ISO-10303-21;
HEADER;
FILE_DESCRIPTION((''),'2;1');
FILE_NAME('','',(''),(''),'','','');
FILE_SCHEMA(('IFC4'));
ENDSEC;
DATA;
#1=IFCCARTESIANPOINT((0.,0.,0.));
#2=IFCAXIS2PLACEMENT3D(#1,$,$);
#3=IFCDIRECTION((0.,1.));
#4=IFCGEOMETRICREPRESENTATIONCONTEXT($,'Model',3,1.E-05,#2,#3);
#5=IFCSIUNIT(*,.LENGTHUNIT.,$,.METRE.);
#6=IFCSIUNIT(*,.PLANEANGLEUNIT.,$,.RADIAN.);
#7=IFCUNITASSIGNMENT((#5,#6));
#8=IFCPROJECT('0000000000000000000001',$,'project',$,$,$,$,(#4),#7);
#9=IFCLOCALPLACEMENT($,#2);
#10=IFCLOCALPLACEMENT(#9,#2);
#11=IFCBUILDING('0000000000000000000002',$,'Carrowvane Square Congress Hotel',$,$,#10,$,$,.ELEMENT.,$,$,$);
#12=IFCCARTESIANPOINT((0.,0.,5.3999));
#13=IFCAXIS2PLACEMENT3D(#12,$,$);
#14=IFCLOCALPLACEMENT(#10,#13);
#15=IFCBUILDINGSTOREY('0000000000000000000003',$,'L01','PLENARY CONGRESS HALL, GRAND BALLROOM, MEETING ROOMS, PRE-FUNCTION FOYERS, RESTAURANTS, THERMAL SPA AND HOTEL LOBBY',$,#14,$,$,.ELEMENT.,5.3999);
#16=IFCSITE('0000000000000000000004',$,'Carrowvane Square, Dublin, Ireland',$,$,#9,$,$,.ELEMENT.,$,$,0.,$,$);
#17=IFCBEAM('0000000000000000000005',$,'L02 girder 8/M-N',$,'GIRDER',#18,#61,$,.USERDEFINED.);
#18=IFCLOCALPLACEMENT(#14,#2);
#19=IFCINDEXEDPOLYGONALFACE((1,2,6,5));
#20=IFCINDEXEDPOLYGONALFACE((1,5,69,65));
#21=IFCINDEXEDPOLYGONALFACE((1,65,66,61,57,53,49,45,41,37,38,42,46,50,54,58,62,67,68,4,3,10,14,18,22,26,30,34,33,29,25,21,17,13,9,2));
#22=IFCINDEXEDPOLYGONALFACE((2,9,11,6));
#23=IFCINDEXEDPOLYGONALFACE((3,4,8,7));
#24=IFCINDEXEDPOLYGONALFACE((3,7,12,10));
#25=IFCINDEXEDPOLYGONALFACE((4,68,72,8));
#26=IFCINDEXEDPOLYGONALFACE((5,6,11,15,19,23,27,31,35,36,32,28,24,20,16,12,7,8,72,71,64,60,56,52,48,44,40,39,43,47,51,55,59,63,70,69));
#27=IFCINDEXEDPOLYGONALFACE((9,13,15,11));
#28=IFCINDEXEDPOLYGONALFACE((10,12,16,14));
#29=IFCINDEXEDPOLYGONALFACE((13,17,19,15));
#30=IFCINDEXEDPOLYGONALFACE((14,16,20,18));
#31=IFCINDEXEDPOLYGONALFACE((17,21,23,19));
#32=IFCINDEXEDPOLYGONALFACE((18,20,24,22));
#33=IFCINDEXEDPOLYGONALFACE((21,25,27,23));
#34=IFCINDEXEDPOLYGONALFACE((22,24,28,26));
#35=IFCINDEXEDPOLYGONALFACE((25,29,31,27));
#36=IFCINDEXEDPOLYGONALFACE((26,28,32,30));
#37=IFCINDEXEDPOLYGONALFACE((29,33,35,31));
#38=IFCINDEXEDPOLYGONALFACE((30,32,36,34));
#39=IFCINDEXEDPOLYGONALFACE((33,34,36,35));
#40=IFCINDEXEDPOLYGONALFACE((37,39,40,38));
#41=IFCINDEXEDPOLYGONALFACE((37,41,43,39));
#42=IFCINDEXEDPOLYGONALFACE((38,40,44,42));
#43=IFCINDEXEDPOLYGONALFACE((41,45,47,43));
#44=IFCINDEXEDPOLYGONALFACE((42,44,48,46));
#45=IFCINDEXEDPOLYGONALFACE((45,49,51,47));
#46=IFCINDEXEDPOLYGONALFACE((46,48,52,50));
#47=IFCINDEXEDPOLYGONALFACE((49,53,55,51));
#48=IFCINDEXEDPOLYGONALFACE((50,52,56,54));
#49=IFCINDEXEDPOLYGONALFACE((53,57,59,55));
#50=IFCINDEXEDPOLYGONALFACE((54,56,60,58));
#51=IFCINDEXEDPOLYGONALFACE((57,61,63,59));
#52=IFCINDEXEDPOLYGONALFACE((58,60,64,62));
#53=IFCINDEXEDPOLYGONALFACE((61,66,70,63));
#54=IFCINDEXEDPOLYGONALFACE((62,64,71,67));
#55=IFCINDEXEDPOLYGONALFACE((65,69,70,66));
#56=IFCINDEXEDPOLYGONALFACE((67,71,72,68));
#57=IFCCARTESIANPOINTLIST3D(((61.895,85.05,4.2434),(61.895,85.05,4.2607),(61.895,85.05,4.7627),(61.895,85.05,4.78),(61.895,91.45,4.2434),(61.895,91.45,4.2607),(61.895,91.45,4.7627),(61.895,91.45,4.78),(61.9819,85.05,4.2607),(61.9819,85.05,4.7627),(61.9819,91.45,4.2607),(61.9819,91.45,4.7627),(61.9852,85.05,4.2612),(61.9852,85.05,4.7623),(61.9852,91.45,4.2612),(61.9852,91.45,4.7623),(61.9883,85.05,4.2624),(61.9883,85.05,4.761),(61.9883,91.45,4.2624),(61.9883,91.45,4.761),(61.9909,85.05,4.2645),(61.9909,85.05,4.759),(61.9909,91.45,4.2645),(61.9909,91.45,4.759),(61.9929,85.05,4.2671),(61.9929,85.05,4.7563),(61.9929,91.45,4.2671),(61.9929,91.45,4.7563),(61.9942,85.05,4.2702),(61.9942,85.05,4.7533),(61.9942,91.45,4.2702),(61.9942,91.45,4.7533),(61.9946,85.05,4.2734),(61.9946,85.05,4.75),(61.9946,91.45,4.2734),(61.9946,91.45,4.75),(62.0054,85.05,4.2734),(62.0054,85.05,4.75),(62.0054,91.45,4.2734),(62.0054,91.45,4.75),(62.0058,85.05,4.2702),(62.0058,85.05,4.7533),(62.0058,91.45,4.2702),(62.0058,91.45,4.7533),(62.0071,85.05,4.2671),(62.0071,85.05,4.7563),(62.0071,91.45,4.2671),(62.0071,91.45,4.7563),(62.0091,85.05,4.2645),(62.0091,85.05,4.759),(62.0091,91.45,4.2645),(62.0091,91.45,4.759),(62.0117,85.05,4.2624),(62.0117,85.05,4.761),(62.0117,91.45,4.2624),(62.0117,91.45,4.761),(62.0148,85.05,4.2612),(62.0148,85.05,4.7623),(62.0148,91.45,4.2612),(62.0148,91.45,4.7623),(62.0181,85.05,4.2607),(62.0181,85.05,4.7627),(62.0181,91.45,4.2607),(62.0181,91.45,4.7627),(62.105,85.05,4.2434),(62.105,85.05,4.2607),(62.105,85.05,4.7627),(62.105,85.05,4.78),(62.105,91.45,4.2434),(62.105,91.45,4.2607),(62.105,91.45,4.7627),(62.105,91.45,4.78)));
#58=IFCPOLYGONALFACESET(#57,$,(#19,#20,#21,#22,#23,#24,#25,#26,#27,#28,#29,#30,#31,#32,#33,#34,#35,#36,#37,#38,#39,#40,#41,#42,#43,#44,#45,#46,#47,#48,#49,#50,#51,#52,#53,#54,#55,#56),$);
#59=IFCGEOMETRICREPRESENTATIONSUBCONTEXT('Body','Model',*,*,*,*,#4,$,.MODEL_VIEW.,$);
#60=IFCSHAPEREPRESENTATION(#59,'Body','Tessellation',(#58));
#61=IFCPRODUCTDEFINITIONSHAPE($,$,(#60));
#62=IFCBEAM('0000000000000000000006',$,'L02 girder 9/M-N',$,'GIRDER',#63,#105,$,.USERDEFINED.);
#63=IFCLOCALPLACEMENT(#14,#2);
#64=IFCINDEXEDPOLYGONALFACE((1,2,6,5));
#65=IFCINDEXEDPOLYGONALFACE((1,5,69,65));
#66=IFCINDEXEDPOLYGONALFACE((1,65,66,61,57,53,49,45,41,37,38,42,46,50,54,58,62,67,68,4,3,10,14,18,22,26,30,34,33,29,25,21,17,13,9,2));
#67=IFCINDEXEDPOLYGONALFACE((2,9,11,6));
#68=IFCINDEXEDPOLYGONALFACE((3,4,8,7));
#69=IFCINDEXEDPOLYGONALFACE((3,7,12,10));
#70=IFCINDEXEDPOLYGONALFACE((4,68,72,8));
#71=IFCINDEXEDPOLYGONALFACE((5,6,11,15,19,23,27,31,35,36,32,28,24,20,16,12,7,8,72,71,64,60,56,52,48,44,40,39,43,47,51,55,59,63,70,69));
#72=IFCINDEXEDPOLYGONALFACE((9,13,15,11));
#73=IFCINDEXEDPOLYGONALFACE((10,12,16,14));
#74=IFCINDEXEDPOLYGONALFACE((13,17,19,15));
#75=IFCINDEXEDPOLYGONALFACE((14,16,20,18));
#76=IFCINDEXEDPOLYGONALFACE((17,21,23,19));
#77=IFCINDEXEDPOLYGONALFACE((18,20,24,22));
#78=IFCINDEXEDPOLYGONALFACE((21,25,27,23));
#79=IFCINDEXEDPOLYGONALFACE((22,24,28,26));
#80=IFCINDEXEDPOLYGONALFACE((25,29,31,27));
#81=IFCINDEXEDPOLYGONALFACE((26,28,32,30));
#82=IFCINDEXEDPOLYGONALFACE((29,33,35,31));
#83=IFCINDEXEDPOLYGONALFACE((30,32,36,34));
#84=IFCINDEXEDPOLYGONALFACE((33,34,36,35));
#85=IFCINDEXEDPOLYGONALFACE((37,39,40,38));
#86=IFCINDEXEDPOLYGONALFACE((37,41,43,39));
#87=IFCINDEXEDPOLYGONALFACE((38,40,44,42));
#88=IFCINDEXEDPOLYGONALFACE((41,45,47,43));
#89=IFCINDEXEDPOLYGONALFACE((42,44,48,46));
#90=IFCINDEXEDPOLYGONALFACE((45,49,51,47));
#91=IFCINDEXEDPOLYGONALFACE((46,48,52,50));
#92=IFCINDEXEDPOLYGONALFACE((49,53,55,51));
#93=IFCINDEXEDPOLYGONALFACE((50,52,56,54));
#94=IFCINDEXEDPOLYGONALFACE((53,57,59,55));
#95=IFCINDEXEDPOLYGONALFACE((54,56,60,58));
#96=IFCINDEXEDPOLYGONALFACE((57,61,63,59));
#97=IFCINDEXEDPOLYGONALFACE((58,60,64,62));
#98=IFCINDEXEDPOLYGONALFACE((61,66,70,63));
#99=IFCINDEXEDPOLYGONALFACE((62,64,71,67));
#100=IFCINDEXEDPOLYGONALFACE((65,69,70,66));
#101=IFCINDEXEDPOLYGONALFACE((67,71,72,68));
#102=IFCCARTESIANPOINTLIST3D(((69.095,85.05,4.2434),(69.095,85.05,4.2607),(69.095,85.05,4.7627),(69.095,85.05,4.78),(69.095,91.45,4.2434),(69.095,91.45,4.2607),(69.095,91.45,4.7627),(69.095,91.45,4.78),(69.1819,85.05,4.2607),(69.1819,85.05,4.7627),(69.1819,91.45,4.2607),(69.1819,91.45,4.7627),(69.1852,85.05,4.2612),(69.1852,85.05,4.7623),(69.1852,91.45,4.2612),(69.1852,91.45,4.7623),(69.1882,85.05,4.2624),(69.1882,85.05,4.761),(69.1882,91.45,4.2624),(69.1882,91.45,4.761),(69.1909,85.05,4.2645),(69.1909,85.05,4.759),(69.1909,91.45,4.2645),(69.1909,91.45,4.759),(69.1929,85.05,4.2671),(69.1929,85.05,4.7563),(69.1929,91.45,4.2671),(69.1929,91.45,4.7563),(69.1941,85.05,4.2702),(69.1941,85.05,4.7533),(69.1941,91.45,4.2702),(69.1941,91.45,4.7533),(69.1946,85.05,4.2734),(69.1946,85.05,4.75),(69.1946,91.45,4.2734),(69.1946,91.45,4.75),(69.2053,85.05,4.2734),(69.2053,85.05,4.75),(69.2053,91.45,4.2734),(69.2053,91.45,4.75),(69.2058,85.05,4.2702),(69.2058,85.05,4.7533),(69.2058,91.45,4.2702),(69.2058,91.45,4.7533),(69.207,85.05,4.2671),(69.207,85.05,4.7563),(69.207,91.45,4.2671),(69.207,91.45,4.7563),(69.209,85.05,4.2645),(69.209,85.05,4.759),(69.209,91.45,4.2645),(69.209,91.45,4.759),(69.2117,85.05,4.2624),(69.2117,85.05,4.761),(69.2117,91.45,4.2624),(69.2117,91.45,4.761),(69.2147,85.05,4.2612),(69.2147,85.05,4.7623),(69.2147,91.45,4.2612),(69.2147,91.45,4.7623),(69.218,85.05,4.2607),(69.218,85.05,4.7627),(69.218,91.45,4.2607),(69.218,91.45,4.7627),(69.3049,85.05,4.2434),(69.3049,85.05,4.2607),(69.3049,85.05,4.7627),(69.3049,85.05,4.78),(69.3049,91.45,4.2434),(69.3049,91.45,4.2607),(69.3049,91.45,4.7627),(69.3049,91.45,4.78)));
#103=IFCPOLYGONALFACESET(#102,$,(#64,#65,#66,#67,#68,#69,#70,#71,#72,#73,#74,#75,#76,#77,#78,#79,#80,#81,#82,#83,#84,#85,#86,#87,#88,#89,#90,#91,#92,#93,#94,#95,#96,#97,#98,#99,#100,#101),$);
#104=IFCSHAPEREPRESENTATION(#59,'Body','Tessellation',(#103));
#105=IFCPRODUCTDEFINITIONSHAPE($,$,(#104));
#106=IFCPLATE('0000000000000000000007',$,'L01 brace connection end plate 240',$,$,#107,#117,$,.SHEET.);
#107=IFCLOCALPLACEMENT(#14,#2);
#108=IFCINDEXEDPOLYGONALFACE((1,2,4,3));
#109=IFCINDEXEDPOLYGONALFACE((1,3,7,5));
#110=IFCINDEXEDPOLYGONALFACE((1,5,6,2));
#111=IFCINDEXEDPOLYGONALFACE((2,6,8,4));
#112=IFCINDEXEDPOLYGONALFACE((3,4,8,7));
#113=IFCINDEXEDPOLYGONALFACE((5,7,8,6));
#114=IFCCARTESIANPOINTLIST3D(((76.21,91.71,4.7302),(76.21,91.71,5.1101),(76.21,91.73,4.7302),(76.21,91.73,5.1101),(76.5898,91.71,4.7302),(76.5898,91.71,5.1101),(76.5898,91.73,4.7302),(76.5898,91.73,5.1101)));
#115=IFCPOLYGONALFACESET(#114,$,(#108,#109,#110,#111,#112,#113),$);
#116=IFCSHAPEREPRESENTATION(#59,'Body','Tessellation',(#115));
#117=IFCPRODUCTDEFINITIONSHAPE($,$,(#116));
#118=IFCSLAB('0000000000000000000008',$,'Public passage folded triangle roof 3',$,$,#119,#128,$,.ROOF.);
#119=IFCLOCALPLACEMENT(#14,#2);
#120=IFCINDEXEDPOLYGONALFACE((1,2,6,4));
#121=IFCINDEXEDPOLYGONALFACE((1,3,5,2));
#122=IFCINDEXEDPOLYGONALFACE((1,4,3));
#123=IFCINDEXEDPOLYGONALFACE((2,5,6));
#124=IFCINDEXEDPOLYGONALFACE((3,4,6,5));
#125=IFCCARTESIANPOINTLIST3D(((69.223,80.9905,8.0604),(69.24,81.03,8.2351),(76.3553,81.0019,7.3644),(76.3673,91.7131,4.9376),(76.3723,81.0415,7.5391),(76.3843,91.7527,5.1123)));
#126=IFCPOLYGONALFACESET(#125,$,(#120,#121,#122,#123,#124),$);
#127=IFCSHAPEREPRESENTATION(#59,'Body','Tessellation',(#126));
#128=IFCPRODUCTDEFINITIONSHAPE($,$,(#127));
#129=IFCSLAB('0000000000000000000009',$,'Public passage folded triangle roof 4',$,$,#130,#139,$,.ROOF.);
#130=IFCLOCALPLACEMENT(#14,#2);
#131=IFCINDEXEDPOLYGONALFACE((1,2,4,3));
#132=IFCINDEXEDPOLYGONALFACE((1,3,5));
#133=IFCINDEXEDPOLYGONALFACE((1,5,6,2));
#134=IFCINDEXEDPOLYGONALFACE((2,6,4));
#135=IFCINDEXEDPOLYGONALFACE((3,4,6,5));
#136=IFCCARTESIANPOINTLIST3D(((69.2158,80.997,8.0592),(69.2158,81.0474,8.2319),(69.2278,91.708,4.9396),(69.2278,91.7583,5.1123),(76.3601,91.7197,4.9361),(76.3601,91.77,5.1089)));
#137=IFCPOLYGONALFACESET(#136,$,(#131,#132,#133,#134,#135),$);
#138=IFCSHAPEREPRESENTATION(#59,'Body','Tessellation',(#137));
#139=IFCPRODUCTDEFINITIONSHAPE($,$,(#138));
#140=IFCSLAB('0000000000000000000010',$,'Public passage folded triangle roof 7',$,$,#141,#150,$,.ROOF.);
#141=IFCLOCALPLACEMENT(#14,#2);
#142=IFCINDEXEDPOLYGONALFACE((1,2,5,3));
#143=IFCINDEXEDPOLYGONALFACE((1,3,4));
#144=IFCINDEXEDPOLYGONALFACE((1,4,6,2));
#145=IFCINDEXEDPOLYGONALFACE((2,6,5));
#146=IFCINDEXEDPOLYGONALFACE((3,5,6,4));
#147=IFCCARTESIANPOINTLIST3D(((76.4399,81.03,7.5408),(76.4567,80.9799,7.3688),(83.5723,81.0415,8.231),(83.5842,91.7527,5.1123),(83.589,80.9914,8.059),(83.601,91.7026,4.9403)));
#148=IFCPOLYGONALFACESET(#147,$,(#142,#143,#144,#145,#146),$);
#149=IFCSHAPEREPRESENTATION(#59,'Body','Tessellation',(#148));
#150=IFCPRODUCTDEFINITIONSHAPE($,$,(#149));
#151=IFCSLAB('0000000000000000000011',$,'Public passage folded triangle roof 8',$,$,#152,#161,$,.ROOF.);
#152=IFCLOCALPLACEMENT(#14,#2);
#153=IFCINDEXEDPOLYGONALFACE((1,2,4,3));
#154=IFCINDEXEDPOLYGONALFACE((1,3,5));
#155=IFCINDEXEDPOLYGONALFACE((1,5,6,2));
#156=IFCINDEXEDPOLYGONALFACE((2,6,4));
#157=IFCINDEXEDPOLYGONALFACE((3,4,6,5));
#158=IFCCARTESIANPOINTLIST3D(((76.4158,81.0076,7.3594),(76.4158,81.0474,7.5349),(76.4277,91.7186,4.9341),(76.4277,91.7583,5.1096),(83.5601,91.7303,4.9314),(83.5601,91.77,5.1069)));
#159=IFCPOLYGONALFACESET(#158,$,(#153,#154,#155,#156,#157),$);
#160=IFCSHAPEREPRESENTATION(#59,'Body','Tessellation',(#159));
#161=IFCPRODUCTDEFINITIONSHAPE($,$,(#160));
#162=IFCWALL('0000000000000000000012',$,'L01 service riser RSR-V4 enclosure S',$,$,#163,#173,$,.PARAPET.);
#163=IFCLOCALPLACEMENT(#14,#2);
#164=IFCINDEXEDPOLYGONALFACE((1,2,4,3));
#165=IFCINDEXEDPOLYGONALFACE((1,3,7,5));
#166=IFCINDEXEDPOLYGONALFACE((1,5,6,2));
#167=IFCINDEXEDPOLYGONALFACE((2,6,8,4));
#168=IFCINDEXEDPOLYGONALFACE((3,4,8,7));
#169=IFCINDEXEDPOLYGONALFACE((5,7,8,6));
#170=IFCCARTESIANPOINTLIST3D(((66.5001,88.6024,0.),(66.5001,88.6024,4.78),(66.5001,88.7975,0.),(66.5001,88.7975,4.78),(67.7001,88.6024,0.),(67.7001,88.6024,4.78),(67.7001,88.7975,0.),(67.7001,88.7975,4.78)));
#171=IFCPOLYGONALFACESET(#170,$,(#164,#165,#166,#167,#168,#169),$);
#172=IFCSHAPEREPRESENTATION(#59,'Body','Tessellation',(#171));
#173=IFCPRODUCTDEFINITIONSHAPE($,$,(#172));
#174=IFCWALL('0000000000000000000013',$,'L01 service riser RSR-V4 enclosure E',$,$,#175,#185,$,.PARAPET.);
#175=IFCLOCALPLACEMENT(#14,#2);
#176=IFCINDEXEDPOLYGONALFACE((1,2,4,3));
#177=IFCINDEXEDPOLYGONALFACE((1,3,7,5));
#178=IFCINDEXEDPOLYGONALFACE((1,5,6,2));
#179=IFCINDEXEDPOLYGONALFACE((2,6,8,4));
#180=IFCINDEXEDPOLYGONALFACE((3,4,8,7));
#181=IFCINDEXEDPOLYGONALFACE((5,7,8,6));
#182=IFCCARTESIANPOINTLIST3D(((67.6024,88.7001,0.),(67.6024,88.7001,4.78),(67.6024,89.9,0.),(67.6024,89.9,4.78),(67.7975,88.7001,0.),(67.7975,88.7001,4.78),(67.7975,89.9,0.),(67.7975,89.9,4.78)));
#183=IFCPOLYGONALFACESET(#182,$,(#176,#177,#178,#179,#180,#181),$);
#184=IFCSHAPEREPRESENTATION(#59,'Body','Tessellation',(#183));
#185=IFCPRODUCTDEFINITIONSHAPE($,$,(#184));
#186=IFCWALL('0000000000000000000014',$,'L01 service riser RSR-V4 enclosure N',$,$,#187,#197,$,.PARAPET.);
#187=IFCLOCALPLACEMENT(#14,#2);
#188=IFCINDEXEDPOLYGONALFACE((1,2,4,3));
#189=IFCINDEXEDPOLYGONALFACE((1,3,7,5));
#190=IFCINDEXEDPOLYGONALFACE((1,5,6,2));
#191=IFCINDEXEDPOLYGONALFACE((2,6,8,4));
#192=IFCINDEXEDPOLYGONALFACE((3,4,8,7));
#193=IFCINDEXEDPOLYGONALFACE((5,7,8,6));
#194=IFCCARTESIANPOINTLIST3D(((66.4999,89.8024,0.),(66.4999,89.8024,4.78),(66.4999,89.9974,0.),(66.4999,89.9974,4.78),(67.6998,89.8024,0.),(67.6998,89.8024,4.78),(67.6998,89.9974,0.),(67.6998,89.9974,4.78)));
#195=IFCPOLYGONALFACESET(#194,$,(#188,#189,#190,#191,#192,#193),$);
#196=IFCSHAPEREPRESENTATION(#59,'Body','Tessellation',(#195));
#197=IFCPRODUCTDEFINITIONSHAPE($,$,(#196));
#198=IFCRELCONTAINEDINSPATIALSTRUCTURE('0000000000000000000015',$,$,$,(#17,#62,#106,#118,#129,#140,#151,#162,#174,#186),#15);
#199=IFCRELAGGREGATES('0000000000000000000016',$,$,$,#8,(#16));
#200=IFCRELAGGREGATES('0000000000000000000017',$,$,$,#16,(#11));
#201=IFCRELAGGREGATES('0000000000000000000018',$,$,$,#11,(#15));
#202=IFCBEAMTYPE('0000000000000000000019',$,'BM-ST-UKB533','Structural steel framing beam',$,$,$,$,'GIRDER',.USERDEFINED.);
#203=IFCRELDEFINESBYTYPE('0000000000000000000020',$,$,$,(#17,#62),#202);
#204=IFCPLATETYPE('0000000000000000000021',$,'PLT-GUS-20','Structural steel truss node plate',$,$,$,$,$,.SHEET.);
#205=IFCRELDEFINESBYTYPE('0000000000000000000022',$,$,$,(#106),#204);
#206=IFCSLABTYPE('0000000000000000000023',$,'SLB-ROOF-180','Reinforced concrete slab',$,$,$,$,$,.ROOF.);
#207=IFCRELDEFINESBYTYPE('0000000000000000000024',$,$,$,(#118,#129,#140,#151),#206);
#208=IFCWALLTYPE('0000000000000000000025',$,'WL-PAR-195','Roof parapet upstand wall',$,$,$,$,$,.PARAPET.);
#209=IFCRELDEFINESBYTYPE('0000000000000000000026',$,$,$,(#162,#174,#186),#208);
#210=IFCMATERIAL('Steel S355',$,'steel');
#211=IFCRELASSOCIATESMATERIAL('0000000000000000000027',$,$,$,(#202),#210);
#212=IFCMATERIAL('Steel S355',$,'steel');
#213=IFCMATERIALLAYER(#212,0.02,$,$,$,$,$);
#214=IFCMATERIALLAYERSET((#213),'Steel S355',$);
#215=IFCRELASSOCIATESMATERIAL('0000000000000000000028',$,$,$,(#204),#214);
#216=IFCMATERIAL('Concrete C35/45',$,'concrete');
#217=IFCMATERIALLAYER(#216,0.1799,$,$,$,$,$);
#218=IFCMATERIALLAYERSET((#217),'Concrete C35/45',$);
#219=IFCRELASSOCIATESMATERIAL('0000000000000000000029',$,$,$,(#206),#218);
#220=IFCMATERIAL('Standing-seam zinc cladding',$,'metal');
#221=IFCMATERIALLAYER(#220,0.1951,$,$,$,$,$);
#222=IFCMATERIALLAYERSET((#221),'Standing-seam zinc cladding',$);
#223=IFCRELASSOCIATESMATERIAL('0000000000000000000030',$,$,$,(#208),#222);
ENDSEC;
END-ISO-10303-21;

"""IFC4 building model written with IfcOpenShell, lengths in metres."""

from ifc_helpers import new_model, si_unit, direction, frame, frame_2d, origin, origin_2d, place, context, subcontext, project, spatial, polyline, rectangle, i_section, outline, extrude, material, layer, layer_set, material_profile, profile_set, type_object, element, save


model = new_model("IFC4")

# Units and contexts
model_context = context("Model", 3, precision=1e-05, world=origin(), true_north=direction((0.0, 1.0)))
body_context = subcontext(model_context, "Body", "Model", "MODEL_VIEW")
ifc_project = project(units=[si_unit("LENGTHUNIT", "METRE"), si_unit("PLANEANGLEUNIT", "RADIAN")], contexts=[model_context])

# Site, building, storey
site_placement = place(None, origin())
site = spatial("IfcSite", under=ifc_project, at=site_placement, Name="Carrowvane Square, Dublin, Ireland", CompositionType="ELEMENT", RefElevation=0.0)
building_placement = place(site_placement, origin())
building = spatial("IfcBuilding", under=site, at=building_placement, Name="Carrowvane Square Congress Hotel", CompositionType="ELEMENT")
storey_placement = place(building_placement, frame((0.0, 0.0, 5.3999)))
storey = spatial("IfcBuildingStorey", under=building, at=storey_placement, Name="L01", Description="PLENARY CONGRESS HALL, GRAND BALLROOM, MEETING ROOMS, PRE-FUNCTION FOYERS, RESTAURANTS, THERMAL SPA AND HOTEL LOBBY", CompositionType="ELEMENT", Elevation=5.3999)

# Beams
ifc_material_1 = material(Name="Steel S355", Category="steel")
ifc_material_profile_1 = material_profile(ifc_material_1, i_section(OverallWidth=0.21, OverallDepth=0.5366, WebThickness=0.0107, FlangeThickness=0.0173, FilletRadius=0.0127, at=origin_2d()), Name="UKB 533x210x101")
ifc_profile_set_1 = profile_set([ifc_material_profile_1], Name="Steel S355")
beam_type_1 = type_object("IfcBeamType", Name="BM-ST-UKB533", Description="Structural steel framing beam", ElementType="GIRDER", PredefinedType="USERDEFINED", material=ifc_profile_set_1)
for number, where, z_axis, x_axis, name in (
    (1, (62.0, 85.05, 4.5117), (0.0, 1.0, 0.0), (-1.0, 0.0, 0.0), "L02 girder 8/M-N"),
    (2, (69.2, 85.05, 4.5117), (0.0, 1.0, 0.0), (-1.0, 0.0, 0.0), "L02 girder 9/M-N"),
):
    element("IfcBeam", number, at=place(storey_placement, frame(where, z_axis=z_axis, x_axis=x_axis)), inside=storey, type_object=beam_type_1, Name=name, ObjectType="GIRDER", PredefinedType="USERDEFINED", context=body_context, shape_type="SweptSolid", body=[
        extrude(i_section(OverallWidth=0.21, OverallDepth=0.5366, WebThickness=0.0107, FlangeThickness=0.0173, FilletRadius=0.0127, at=origin_2d()), origin(), (0.0, 0.0, 1.0), 6.3999),
    ])

# Plate
ifc_material_2 = material(Name="Steel S355", Category="steel")
ifc_layer_1 = layer(ifc_material_2, 0.02)
ifc_layer_set_1 = layer_set([ifc_layer_1], Name="Steel S355")
plate_type = type_object("IfcPlateType", Name="PLT-GUS-20", Description="Structural steel truss node plate", PredefinedType="SHEET", material=ifc_layer_set_1)
plate_placement = place(storey_placement, frame((76.3999, 91.72, 4.7302), z_axis=(0.0, 0.0, 1.0), x_axis=(1.0, 0.0, 0.0)))
element("IfcPlate", 3, at=plate_placement, inside=storey, type_object=plate_type, Name="L01 brace connection end plate 240", PredefinedType="SHEET", context=body_context, shape_type="SweptSolid", body=[
    extrude(rectangle(XDim=0.3799, YDim=0.02, at=origin_2d()), origin(), (0.0, 0.0, 1.0), 0.3799),
])

# Slabs
ifc_material_3 = material(Name="Concrete C35/45", Category="concrete")
ifc_layer_2 = layer(ifc_material_3, 0.1799)
ifc_layer_set_2 = layer_set([ifc_layer_2], Name="Concrete C35/45")
slab_type = type_object("IfcSlabType", Name="SLB-ROOF-180", Description="Reinforced concrete slab", PredefinedType="ROOF", material=ifc_layer_set_2)
slab_1_placement = place(storey_placement, frame((69.24, 81.03, 8.2351), z_axis=(0.094401, 0.219876, 0.97095), x_axis=(0.995271, 0.001601, -0.097129)))
element("IfcSlab", 4, at=slab_1_placement, inside=storey, type_object=slab_type, Name="Public passage folded triangle roof 3", PredefinedType="ROOF", context=body_context, shape_type="SweptSolid", body=[
    extrude(outline(polyline([(0.0, 0.0), (7.1662, 0.0), (7.431, 10.9795), (0.0, 0.0)])), origin(), (0.0, 0.0, -1.0), 0.1799),
])
slab_2_placement = place(storey_placement, frame((69.2158, 81.0474, 8.2319), z_axis=(0.000001, 0.279637, 0.960106), x_axis=(0.538874, 0.80878, -0.235563)))
element("IfcSlab", 5, at=slab_2_placement, inside=storey, type_object=slab_type, Name="Public passage folded triangle roof 4", PredefinedType="ROOF", context=body_context, shape_type="SweptSolid", body=[
    extrude(outline(polyline([(0.0, 0.0), (13.2578, 0.0), (9.4041, 6.0016), (0.0, 0.0)])), origin(), (0.0, 0.0, -1.0), 0.1799),
])
slab_3_placement = place(storey_placement, frame((76.4399, 81.03, 7.5408), z_axis=(-0.092954, 0.278436, 0.955946), x_axis=(0.995349, 0.001601, 0.096319)))
element("IfcSlab", 6, at=slab_3_placement, inside=storey, type_object=slab_type, Name="Public passage folded triangle roof 7", PredefinedType="ROOF", context=body_context, shape_type="SweptSolid", body=[
    extrude(outline(polyline([(0.0, 0.0), (7.1656, 0.0), (6.8943, 11.1527), (0.0, 0.0)])), origin(), (0.0, 0.0, -1.0), 0.1799),
])
slab_4_placement = place(storey_placement, frame((76.4158, 81.0474, 7.5349), z_axis=(0.000004, 0.220841, 0.97531), x_axis=(0.544887, 0.817806, -0.185179)))
element("IfcSlab", 7, at=slab_4_placement, inside=storey, type_object=slab_type, Name="Public passage folded triangle roof 8", PredefinedType="ROOF", context=body_context, shape_type="SweptSolid", body=[
    extrude(outline(polyline([(0.0, 0.0), (13.1115, 0.0), (9.2151, 5.974), (0.0, 0.0)])), origin(), (0.0, 0.0, -1.0), 0.1799),
])

# Walls
ifc_material_4 = material(Name="Standing-seam zinc cladding", Category="metal")
ifc_layer_3 = layer(ifc_material_4, 0.1951)
ifc_layer_set_3 = layer_set([ifc_layer_3], Name="Standing-seam zinc cladding")
wall_type_1 = type_object("IfcWallType", Name="WL-PAR-195", Description="Roof parapet upstand wall", PredefinedType="PARAPET", material=ifc_layer_set_3)
for number, where, z_axis, x_axis, name in (
    (8, (66.5, 88.7, 0.0), (0.0, 0.0, 1.0), (1.0, 0.0, 0.0), "L01 service riser RSR-V4 enclosure S"),
    (9, (67.7, 88.7, 0.0), (0.0, 0.0, 1.0), (0.0, 1.0, 0.0), "L01 service riser RSR-V4 enclosure E"),
    (10, (67.7, 89.8999, 0.0), (0.0, 0.0, 1.0), (-1.0, 0.0, 0.0), "L01 service riser RSR-V4 enclosure N"),
):
    element("IfcWall", number, at=place(storey_placement, frame(where, z_axis=z_axis, x_axis=x_axis)), inside=storey, type_object=wall_type_1, Name=name, PredefinedType="PARAPET", context=body_context, shape_type="SweptSolid", body=[
        extrude(rectangle(XDim=1.2, YDim=0.1951, at=frame_2d((0.6001, 0.0))), origin(), (0.0, 0.0, 1.0), 4.78),
    ])

save(model, "model.ifc")
